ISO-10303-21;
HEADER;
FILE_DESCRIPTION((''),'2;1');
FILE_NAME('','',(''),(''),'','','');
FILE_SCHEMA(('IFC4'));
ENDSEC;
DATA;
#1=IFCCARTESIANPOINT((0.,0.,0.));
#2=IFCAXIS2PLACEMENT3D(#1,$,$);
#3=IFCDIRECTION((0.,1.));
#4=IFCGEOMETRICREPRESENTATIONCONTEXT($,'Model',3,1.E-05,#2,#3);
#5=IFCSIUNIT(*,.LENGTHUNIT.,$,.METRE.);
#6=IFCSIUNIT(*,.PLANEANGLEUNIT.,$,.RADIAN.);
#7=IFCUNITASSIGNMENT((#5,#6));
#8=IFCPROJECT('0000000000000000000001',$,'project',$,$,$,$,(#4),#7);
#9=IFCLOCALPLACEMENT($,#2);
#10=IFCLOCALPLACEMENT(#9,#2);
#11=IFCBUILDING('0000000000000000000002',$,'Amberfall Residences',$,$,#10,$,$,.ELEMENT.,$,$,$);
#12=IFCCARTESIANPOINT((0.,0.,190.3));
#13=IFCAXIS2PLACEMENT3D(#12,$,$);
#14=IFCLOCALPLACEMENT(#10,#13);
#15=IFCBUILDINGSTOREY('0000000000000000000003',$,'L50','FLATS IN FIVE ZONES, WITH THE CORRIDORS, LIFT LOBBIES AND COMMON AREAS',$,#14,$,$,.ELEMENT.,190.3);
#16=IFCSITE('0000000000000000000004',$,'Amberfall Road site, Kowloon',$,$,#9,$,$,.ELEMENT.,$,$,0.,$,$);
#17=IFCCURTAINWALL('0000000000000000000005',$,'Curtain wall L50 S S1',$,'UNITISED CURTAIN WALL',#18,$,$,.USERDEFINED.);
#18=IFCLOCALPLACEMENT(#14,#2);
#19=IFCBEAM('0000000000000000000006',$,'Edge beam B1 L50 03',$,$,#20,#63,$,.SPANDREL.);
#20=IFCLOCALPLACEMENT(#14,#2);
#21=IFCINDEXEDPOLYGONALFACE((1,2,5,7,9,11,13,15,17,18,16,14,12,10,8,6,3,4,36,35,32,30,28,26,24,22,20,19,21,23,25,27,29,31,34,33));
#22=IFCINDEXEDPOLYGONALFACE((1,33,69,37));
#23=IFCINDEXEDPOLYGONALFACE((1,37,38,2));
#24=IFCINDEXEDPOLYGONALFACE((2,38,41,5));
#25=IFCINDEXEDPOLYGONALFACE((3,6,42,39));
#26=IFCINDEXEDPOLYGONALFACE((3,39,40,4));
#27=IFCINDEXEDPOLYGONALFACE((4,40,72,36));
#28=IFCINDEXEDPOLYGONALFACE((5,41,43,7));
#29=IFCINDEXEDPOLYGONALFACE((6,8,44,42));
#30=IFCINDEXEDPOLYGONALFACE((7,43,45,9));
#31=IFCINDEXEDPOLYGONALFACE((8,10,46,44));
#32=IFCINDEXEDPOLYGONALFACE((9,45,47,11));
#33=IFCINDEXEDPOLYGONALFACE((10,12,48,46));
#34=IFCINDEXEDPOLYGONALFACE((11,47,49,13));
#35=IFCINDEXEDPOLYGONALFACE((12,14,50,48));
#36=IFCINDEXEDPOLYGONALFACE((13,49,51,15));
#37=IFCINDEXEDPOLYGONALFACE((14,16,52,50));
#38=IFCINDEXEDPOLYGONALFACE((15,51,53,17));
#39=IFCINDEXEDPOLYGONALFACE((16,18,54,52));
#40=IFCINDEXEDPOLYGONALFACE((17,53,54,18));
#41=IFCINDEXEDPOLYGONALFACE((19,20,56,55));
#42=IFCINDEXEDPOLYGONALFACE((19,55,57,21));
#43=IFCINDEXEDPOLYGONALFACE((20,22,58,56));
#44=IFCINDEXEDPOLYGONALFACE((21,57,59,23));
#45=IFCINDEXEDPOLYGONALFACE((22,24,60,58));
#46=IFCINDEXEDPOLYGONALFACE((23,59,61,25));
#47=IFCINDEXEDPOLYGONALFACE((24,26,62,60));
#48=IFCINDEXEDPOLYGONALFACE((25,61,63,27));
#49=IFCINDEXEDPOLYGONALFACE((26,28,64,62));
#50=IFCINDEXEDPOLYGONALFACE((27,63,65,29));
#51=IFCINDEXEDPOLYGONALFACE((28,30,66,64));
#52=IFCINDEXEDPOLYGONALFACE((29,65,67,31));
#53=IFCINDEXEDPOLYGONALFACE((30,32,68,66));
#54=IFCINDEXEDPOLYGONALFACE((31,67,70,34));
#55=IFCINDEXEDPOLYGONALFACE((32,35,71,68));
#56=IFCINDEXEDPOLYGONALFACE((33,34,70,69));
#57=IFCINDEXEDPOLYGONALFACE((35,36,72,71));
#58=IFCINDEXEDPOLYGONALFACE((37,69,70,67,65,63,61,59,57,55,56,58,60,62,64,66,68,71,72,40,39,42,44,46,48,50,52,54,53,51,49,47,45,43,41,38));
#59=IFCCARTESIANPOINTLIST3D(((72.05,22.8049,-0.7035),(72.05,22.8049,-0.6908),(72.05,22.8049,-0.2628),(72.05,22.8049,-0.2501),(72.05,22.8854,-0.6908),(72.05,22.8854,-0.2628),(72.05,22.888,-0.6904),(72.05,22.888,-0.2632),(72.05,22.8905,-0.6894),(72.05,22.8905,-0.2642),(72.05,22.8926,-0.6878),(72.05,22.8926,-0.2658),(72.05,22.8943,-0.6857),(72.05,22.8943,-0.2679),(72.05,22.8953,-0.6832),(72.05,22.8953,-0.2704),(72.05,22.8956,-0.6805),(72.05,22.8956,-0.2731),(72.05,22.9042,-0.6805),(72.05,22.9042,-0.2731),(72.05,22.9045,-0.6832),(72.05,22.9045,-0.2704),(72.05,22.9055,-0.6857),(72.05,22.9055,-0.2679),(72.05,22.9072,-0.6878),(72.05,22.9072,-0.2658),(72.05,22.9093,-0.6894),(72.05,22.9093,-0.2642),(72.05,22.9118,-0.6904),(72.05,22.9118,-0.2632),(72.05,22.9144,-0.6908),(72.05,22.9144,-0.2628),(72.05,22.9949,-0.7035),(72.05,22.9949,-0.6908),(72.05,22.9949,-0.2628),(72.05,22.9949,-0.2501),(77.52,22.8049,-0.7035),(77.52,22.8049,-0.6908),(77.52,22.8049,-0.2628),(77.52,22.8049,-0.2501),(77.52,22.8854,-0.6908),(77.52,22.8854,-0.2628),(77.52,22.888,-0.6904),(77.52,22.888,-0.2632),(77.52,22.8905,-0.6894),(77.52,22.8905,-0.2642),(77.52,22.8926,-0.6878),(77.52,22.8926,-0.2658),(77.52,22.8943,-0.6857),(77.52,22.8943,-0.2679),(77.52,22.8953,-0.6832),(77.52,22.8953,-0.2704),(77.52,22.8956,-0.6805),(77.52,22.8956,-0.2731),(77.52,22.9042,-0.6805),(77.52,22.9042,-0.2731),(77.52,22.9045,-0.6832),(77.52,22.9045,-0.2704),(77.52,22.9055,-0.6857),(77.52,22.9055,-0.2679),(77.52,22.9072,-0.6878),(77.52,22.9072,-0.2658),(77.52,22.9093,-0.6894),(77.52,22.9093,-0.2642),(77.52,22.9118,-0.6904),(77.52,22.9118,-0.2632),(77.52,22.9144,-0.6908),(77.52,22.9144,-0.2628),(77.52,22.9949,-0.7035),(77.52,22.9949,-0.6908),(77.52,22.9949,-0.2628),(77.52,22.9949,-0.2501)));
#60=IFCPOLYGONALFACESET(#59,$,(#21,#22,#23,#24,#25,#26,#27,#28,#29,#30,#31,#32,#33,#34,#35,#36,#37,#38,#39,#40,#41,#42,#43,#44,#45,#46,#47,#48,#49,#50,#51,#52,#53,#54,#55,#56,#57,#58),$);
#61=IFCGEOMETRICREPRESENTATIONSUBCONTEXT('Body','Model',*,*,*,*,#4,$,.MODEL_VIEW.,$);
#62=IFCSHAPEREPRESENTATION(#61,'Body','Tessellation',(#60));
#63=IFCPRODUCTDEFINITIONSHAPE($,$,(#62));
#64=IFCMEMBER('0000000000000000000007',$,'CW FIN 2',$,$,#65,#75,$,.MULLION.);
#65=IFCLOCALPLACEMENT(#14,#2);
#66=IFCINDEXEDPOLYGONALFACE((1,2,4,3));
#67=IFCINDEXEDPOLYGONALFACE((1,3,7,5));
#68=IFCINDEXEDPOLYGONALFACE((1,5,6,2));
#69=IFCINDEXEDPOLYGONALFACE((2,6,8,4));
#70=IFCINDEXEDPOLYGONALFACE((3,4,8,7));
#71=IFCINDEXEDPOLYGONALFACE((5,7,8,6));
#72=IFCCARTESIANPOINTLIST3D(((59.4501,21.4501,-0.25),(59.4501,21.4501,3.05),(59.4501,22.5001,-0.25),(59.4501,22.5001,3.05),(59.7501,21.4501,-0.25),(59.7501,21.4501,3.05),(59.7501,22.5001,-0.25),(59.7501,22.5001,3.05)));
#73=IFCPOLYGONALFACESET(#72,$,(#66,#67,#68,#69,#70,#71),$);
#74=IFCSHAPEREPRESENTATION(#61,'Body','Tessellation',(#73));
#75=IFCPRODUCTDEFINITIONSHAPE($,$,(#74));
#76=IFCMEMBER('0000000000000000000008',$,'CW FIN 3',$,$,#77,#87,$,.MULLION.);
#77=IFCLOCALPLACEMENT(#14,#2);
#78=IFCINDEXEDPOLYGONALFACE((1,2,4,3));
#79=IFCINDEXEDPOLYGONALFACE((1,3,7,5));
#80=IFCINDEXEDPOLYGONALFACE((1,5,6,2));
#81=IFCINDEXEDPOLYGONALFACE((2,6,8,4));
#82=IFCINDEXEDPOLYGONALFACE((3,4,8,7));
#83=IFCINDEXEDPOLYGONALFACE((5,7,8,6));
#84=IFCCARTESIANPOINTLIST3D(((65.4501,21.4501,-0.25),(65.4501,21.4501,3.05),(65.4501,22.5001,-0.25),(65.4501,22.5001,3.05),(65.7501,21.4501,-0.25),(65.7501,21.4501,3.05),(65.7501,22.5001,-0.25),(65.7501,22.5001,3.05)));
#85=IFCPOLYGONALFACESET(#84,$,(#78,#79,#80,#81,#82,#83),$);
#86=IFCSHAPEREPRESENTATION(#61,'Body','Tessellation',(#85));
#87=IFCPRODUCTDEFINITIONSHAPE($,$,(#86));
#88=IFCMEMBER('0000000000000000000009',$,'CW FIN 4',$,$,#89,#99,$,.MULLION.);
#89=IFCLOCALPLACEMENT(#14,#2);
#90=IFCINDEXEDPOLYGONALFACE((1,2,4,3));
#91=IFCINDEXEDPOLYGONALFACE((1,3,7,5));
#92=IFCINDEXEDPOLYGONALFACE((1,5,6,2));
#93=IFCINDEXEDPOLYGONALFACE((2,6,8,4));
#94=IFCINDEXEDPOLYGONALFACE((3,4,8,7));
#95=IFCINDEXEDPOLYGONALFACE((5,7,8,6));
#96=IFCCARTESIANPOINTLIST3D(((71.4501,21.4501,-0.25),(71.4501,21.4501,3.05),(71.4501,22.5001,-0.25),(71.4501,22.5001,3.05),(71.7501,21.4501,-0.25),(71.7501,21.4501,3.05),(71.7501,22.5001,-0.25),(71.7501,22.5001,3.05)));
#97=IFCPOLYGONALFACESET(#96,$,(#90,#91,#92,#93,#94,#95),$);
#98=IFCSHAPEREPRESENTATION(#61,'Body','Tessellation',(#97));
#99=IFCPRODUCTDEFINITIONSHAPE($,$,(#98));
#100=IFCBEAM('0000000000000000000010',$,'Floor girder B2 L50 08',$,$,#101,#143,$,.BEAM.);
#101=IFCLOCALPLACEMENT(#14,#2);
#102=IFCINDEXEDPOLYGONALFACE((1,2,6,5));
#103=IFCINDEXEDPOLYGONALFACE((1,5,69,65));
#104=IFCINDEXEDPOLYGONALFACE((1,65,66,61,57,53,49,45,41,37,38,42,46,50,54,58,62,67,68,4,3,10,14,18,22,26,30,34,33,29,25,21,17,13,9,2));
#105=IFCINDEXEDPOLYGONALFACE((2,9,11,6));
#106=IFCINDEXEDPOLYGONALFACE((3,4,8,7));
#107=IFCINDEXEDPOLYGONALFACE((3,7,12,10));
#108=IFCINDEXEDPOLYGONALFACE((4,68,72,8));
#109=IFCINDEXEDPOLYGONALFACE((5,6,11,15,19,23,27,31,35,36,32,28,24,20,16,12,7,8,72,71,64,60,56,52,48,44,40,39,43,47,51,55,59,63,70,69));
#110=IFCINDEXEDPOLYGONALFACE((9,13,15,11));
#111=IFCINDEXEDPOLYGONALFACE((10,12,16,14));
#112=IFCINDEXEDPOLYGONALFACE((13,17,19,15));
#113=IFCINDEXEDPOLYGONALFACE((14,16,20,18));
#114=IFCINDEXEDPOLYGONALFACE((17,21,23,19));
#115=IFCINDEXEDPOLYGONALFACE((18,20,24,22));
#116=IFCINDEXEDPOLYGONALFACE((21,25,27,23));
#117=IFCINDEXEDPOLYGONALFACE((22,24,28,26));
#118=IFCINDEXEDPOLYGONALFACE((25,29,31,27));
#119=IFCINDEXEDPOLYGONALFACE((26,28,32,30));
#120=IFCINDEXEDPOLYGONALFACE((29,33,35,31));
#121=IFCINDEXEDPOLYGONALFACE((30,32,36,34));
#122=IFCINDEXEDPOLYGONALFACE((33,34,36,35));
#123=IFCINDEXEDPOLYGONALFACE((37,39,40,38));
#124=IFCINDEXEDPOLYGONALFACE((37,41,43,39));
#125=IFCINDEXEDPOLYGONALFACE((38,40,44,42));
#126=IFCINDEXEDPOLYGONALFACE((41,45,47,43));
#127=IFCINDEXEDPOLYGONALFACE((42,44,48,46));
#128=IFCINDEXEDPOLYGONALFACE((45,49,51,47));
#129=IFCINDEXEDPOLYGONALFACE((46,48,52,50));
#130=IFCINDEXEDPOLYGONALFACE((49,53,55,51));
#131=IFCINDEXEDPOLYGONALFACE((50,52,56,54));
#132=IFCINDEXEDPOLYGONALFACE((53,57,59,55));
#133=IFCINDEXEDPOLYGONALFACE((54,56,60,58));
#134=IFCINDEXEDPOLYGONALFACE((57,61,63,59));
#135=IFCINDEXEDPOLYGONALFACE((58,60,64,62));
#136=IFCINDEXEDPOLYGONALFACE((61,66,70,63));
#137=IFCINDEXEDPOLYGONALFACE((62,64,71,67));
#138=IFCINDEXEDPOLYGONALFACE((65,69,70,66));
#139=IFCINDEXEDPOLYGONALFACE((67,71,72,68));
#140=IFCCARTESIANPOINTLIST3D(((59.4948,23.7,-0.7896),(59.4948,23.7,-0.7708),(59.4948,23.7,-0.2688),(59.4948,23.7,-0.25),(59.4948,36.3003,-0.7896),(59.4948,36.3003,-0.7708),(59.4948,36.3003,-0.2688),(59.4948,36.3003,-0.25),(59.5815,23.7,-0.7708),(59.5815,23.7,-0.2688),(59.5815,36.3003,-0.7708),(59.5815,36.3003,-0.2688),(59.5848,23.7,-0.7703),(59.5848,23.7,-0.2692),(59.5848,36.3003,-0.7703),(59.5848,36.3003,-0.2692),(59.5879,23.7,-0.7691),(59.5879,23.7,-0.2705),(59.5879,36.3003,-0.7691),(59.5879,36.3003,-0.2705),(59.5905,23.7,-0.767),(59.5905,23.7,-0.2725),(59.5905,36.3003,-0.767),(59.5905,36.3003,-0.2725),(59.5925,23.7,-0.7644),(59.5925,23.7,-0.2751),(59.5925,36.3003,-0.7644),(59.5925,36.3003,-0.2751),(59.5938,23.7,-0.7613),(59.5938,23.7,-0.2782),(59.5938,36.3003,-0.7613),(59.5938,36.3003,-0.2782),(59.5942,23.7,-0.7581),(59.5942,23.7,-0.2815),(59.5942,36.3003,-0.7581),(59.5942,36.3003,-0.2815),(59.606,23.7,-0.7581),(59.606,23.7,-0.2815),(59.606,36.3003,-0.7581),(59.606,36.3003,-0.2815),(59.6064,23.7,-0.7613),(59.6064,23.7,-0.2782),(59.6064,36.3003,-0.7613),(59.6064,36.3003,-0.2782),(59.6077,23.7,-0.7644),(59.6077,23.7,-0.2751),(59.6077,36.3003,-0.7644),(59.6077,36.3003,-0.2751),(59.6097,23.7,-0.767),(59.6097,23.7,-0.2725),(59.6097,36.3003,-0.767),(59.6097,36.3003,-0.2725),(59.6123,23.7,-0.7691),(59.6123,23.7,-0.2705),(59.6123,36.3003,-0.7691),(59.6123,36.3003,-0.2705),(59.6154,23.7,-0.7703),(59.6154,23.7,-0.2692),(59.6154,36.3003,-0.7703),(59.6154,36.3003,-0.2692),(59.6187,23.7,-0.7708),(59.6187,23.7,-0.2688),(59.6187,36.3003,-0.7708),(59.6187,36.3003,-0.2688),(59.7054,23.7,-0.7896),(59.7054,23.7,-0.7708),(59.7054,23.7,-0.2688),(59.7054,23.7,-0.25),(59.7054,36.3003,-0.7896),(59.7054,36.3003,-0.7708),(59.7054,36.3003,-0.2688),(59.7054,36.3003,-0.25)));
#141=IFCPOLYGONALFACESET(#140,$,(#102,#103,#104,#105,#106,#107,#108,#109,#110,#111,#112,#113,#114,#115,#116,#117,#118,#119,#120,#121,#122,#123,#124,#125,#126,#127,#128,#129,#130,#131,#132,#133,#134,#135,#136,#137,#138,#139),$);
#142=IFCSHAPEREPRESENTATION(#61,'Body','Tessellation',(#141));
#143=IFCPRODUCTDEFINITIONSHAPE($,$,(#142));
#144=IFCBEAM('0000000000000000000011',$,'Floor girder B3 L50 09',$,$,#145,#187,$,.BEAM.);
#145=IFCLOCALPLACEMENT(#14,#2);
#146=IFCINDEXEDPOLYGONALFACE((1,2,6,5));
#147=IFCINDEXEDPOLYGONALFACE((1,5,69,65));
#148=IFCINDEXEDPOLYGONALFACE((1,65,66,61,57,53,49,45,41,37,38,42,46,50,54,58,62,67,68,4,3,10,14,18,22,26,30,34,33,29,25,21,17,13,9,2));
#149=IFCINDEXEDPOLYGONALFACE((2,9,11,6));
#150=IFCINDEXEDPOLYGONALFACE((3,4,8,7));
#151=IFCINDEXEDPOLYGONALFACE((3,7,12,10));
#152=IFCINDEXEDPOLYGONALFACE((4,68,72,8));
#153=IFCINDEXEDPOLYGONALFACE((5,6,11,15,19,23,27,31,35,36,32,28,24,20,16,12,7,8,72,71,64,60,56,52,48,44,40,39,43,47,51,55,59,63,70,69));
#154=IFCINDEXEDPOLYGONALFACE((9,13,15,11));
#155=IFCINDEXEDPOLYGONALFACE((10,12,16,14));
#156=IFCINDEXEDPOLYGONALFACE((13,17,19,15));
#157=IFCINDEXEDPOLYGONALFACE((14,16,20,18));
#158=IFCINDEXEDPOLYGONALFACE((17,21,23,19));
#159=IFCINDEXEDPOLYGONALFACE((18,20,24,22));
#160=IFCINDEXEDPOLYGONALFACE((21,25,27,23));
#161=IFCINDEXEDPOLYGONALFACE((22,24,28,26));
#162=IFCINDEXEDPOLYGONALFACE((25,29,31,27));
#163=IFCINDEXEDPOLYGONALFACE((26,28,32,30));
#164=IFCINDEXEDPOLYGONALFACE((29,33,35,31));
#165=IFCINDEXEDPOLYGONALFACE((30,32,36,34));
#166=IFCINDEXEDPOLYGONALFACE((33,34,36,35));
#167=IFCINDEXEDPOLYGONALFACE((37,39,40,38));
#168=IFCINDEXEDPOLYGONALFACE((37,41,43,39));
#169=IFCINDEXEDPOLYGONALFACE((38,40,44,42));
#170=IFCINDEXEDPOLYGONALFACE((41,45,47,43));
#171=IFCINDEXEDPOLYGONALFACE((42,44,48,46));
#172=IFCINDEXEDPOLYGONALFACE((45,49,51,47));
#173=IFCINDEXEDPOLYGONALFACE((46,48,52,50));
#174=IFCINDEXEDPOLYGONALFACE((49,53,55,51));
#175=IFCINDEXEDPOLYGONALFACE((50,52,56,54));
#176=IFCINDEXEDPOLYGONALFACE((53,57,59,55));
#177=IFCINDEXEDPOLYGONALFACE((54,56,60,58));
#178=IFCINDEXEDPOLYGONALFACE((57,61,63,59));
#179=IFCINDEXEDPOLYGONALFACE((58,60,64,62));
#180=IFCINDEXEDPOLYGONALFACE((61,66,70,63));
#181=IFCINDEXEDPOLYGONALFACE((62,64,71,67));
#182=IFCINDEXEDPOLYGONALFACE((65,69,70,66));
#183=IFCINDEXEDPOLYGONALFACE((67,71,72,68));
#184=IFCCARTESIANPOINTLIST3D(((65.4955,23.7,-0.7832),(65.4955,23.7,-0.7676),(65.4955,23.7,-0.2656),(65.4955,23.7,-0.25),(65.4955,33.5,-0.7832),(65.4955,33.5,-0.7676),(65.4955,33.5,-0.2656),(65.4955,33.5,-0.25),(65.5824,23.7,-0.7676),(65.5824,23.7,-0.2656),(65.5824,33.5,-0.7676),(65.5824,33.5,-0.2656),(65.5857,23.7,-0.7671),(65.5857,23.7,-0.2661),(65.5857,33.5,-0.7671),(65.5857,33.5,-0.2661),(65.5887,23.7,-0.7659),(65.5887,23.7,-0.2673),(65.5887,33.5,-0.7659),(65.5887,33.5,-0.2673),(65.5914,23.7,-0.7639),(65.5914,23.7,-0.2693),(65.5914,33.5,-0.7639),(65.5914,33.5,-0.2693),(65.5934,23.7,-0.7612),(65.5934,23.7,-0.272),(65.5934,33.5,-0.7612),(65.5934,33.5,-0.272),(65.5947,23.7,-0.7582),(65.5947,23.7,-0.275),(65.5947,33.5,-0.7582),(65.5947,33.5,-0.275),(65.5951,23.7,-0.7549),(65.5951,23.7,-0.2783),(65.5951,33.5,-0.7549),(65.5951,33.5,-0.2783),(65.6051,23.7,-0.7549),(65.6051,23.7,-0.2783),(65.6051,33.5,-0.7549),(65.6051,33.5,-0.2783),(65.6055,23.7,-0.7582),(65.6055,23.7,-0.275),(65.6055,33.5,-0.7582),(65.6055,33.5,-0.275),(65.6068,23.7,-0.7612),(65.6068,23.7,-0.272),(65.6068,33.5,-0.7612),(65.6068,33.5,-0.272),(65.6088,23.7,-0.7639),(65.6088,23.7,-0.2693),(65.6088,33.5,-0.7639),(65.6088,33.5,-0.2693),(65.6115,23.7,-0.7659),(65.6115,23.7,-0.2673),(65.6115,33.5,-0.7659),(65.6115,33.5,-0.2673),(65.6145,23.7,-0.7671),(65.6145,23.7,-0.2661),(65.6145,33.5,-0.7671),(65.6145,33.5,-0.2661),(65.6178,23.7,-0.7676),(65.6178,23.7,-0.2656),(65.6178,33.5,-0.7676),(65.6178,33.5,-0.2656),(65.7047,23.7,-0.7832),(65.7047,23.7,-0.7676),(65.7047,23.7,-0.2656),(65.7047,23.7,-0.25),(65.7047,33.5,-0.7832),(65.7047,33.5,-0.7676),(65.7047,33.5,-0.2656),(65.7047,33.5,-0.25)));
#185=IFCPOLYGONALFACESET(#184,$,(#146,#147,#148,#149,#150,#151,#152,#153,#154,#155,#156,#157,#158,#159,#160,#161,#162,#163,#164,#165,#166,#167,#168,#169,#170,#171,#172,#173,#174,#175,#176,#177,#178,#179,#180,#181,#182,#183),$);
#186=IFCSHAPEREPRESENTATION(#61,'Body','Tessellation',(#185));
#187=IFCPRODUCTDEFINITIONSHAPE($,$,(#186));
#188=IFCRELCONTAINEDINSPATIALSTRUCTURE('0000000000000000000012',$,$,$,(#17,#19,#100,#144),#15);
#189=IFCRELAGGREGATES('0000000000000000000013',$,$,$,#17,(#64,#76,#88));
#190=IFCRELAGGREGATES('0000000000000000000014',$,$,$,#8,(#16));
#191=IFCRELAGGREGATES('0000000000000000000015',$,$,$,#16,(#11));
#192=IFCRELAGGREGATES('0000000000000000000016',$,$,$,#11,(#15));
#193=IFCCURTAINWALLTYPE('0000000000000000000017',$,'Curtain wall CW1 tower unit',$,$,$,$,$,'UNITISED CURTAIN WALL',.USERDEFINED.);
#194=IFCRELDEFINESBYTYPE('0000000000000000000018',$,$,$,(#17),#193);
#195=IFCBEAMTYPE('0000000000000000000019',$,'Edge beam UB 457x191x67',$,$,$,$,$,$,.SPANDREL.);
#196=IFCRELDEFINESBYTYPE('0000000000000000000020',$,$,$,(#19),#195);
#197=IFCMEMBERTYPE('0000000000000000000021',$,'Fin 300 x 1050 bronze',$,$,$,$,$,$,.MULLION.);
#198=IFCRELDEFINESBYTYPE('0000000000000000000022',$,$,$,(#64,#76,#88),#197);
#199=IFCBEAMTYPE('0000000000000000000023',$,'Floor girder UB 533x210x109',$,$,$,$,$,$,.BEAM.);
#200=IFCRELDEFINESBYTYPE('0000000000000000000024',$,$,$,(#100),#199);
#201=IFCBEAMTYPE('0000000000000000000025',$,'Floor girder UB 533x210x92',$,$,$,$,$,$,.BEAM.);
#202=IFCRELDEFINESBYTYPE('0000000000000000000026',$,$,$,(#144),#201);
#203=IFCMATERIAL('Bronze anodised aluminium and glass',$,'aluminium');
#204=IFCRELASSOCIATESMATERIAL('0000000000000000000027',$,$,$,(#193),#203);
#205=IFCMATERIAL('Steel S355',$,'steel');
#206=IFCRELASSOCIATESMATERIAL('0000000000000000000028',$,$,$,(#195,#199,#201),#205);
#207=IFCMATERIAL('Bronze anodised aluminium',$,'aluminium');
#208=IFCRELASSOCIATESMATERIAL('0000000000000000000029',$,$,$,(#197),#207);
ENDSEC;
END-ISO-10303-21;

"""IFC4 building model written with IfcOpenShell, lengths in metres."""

from ifc_helpers import new_model, si_unit, direction, frame, origin, origin_2d, place, context, subcontext, project, spatial, rectangle, i_section, extrude, material, material_profile, profile_set, type_object, element, aggregate, save


model = new_model("IFC4")

# Units and contexts
model_context = context("Model", 3, precision=1e-05, world=origin(), true_north=direction((0.0, 1.0)))
body_context = subcontext(model_context, "Body", "Model", "MODEL_VIEW")
ifc_project = project(units=[si_unit("LENGTHUNIT", "METRE"), si_unit("PLANEANGLEUNIT", "RADIAN")], contexts=[model_context])

# Site, building, storey
site_placement = place(None, origin())
site = spatial("IfcSite", under=ifc_project, at=site_placement, Name="Amberfall Road site, Kowloon", CompositionType="ELEMENT", RefElevation=0.0)
building_placement = place(site_placement, origin())
building = spatial("IfcBuilding", under=site, at=building_placement, Name="Amberfall Residences", CompositionType="ELEMENT")
storey_placement = place(building_placement, frame((0.0, 0.0, 190.3)))
storey = spatial("IfcBuildingStorey", under=building, at=storey_placement, Name="L50", Description="FLATS IN FIVE ZONES, WITH THE CORRIDORS, LIFT LOBBIES AND COMMON AREAS", CompositionType="ELEMENT", Elevation=190.3)

# Curtain wall
ifc_material_1 = material(Name="Bronze anodised aluminium and glass", Category="aluminium")
curtain_wall_type = type_object("IfcCurtainWallType", Name="Curtain wall CW1 tower unit", ElementType="UNITISED CURTAIN WALL", PredefinedType="USERDEFINED", material=ifc_material_1)
curtain_wall_placement = place(storey_placement, origin())
curtain_wall = element("IfcCurtainWall", 1, at=curtain_wall_placement, inside=storey, type_object=curtain_wall_type, Name="Curtain wall L50 S S1", ObjectType="UNITISED CURTAIN WALL", PredefinedType="USERDEFINED")
ifc_material_2 = material(Name="Bronze anodised aluminium", Category="aluminium")

# Beam
ifc_material_3 = material(Name="Steel S355", Category="steel")
ifc_material_profile_1 = material_profile(ifc_material_3, i_section(OverallWidth=0.1899, OverallDepth=0.4534, WebThickness=0.0085, FlangeThickness=0.0127, FilletRadius=0.0103, at=origin_2d()), Name="UB 457x191x67")
ifc_profile_set_1 = profile_set([ifc_material_profile_1], Name="Steel S355")
beam_type_1 = type_object("IfcBeamType", Name="Edge beam UB 457x191x67", PredefinedType="SPANDREL", material=ifc_profile_set_1)
beam_1_placement = place(storey_placement, frame((72.05, 22.8999, -0.4768), z_axis=(1.0, 0.0, 0.0), x_axis=(0.0, 1.0, 0.0)))
element("IfcBeam", 2, at=beam_1_placement, inside=storey, type_object=beam_type_1, Name="Edge beam B1 L50 03", PredefinedType="SPANDREL", context=body_context, shape_type="SweptSolid", body=[
    extrude(i_section(OverallWidth=0.1899, OverallDepth=0.4534, WebThickness=0.0085, FlangeThickness=0.0127, FilletRadius=0.0103, at=origin_2d()), origin(), (0.0, 0.0, 1.0), 5.47),
])

# Members
ifc_material_profile_2 = material_profile(ifc_material_2, rectangle(XDim=1.05, YDim=0.3, at=origin_2d()), Name="Fin 300 x 1050 bronze")
ifc_profile_set_2 = profile_set([ifc_material_profile_2], Name="Bronze anodised aluminium")
member_type_1 = type_object("IfcMemberType", Name="Fin 300 x 1050 bronze", PredefinedType="MULLION", material=ifc_profile_set_2)
member_1_placement = place(storey_placement, frame((59.6001, 21.9751, -0.25), z_axis=(0.0, 0.0, 1.0), x_axis=(0.0, 1.0, 0.0)))
member_1 = element("IfcMember", 3, at=member_1_placement, type_object=member_type_1, Name="CW FIN 2", PredefinedType="MULLION", context=body_context, shape_type="SweptSolid", body=[
    extrude(rectangle(XDim=1.05, YDim=0.3, at=origin_2d()), origin(), (0.0, 0.0, 1.0), 3.3),
])
member_2_placement = place(storey_placement, frame((65.6001, 21.9751, -0.25), z_axis=(0.0, 0.0, 1.0), x_axis=(0.0, 1.0, 0.0)))
member_2 = element("IfcMember", 4, at=member_2_placement, type_object=member_type_1, Name="CW FIN 3", PredefinedType="MULLION", context=body_context, shape_type="SweptSolid", body=[
    extrude(rectangle(XDim=1.05, YDim=0.3, at=origin_2d()), origin(), (0.0, 0.0, 1.0), 3.3),
])
member_3_placement = place(storey_placement, frame((71.6001, 21.9751, -0.25), z_axis=(0.0, 0.0, 1.0), x_axis=(0.0, 1.0, 0.0)))
member_3 = element("IfcMember", 5, at=member_3_placement, type_object=member_type_1, Name="CW FIN 4", PredefinedType="MULLION", context=body_context, shape_type="SweptSolid", body=[
    extrude(rectangle(XDim=1.05, YDim=0.3, at=origin_2d()), origin(), (0.0, 0.0, 1.0), 3.3),
])

# Beams
ifc_material_profile_3 = material_profile(ifc_material_3, i_section(OverallWidth=0.2107, OverallDepth=0.5396, WebThickness=0.0117, FlangeThickness=0.0188, FilletRadius=0.0127, at=origin_2d()), Name="UB 533x210x109")
ifc_profile_set_3 = profile_set([ifc_material_profile_3], Name="Steel S355")
beam_type_2 = type_object("IfcBeamType", Name="Floor girder UB 533x210x109", PredefinedType="BEAM", material=ifc_profile_set_3)
beam_2_placement = place(storey_placement, frame((59.6001, 23.7, -0.5198), z_axis=(0.0, 1.0, 0.0), x_axis=(-1.0, 0.0, 0.0)))
element("IfcBeam", 6, at=beam_2_placement, inside=storey, type_object=beam_type_2, Name="Floor girder B2 L50 08", PredefinedType="BEAM", context=body_context, shape_type="SweptSolid", body=[
    extrude(i_section(OverallWidth=0.2107, OverallDepth=0.5396, WebThickness=0.0117, FlangeThickness=0.0188, FilletRadius=0.0127, at=origin_2d()), origin(), (0.0, 0.0, 1.0), 12.6003),
])
ifc_material_profile_4 = material_profile(ifc_material_3, i_section(OverallWidth=0.2092, OverallDepth=0.5332, WebThickness=0.01, FlangeThickness=0.0156, FilletRadius=0.0127, at=origin_2d()), Name="UB 533x210x92")
ifc_profile_set_4 = profile_set([ifc_material_profile_4], Name="Steel S355")
beam_type_3 = type_object("IfcBeamType", Name="Floor girder UB 533x210x92", PredefinedType="BEAM", material=ifc_profile_set_4)
for number, where, z_axis, x_axis, name in (
    (7, (65.6001, 23.7, -0.5166), (0.0, 1.0, 0.0), (-1.0, 0.0, 0.0), "Floor girder B3 L50 09"),
):
    element("IfcBeam", number, at=place(storey_placement, frame(where, z_axis=z_axis, x_axis=x_axis)), inside=storey, type_object=beam_type_3, Name=name, PredefinedType="BEAM", context=body_context, shape_type="SweptSolid", body=[
        extrude(i_section(OverallWidth=0.2092, OverallDepth=0.5332, WebThickness=0.01, FlangeThickness=0.0156, FilletRadius=0.0127, at=origin_2d()), origin(), (0.0, 0.0, 1.0), 9.8),
    ])

aggregate(curtain_wall, [member_1, member_2, member_3])

save(model, "model.ifc")
